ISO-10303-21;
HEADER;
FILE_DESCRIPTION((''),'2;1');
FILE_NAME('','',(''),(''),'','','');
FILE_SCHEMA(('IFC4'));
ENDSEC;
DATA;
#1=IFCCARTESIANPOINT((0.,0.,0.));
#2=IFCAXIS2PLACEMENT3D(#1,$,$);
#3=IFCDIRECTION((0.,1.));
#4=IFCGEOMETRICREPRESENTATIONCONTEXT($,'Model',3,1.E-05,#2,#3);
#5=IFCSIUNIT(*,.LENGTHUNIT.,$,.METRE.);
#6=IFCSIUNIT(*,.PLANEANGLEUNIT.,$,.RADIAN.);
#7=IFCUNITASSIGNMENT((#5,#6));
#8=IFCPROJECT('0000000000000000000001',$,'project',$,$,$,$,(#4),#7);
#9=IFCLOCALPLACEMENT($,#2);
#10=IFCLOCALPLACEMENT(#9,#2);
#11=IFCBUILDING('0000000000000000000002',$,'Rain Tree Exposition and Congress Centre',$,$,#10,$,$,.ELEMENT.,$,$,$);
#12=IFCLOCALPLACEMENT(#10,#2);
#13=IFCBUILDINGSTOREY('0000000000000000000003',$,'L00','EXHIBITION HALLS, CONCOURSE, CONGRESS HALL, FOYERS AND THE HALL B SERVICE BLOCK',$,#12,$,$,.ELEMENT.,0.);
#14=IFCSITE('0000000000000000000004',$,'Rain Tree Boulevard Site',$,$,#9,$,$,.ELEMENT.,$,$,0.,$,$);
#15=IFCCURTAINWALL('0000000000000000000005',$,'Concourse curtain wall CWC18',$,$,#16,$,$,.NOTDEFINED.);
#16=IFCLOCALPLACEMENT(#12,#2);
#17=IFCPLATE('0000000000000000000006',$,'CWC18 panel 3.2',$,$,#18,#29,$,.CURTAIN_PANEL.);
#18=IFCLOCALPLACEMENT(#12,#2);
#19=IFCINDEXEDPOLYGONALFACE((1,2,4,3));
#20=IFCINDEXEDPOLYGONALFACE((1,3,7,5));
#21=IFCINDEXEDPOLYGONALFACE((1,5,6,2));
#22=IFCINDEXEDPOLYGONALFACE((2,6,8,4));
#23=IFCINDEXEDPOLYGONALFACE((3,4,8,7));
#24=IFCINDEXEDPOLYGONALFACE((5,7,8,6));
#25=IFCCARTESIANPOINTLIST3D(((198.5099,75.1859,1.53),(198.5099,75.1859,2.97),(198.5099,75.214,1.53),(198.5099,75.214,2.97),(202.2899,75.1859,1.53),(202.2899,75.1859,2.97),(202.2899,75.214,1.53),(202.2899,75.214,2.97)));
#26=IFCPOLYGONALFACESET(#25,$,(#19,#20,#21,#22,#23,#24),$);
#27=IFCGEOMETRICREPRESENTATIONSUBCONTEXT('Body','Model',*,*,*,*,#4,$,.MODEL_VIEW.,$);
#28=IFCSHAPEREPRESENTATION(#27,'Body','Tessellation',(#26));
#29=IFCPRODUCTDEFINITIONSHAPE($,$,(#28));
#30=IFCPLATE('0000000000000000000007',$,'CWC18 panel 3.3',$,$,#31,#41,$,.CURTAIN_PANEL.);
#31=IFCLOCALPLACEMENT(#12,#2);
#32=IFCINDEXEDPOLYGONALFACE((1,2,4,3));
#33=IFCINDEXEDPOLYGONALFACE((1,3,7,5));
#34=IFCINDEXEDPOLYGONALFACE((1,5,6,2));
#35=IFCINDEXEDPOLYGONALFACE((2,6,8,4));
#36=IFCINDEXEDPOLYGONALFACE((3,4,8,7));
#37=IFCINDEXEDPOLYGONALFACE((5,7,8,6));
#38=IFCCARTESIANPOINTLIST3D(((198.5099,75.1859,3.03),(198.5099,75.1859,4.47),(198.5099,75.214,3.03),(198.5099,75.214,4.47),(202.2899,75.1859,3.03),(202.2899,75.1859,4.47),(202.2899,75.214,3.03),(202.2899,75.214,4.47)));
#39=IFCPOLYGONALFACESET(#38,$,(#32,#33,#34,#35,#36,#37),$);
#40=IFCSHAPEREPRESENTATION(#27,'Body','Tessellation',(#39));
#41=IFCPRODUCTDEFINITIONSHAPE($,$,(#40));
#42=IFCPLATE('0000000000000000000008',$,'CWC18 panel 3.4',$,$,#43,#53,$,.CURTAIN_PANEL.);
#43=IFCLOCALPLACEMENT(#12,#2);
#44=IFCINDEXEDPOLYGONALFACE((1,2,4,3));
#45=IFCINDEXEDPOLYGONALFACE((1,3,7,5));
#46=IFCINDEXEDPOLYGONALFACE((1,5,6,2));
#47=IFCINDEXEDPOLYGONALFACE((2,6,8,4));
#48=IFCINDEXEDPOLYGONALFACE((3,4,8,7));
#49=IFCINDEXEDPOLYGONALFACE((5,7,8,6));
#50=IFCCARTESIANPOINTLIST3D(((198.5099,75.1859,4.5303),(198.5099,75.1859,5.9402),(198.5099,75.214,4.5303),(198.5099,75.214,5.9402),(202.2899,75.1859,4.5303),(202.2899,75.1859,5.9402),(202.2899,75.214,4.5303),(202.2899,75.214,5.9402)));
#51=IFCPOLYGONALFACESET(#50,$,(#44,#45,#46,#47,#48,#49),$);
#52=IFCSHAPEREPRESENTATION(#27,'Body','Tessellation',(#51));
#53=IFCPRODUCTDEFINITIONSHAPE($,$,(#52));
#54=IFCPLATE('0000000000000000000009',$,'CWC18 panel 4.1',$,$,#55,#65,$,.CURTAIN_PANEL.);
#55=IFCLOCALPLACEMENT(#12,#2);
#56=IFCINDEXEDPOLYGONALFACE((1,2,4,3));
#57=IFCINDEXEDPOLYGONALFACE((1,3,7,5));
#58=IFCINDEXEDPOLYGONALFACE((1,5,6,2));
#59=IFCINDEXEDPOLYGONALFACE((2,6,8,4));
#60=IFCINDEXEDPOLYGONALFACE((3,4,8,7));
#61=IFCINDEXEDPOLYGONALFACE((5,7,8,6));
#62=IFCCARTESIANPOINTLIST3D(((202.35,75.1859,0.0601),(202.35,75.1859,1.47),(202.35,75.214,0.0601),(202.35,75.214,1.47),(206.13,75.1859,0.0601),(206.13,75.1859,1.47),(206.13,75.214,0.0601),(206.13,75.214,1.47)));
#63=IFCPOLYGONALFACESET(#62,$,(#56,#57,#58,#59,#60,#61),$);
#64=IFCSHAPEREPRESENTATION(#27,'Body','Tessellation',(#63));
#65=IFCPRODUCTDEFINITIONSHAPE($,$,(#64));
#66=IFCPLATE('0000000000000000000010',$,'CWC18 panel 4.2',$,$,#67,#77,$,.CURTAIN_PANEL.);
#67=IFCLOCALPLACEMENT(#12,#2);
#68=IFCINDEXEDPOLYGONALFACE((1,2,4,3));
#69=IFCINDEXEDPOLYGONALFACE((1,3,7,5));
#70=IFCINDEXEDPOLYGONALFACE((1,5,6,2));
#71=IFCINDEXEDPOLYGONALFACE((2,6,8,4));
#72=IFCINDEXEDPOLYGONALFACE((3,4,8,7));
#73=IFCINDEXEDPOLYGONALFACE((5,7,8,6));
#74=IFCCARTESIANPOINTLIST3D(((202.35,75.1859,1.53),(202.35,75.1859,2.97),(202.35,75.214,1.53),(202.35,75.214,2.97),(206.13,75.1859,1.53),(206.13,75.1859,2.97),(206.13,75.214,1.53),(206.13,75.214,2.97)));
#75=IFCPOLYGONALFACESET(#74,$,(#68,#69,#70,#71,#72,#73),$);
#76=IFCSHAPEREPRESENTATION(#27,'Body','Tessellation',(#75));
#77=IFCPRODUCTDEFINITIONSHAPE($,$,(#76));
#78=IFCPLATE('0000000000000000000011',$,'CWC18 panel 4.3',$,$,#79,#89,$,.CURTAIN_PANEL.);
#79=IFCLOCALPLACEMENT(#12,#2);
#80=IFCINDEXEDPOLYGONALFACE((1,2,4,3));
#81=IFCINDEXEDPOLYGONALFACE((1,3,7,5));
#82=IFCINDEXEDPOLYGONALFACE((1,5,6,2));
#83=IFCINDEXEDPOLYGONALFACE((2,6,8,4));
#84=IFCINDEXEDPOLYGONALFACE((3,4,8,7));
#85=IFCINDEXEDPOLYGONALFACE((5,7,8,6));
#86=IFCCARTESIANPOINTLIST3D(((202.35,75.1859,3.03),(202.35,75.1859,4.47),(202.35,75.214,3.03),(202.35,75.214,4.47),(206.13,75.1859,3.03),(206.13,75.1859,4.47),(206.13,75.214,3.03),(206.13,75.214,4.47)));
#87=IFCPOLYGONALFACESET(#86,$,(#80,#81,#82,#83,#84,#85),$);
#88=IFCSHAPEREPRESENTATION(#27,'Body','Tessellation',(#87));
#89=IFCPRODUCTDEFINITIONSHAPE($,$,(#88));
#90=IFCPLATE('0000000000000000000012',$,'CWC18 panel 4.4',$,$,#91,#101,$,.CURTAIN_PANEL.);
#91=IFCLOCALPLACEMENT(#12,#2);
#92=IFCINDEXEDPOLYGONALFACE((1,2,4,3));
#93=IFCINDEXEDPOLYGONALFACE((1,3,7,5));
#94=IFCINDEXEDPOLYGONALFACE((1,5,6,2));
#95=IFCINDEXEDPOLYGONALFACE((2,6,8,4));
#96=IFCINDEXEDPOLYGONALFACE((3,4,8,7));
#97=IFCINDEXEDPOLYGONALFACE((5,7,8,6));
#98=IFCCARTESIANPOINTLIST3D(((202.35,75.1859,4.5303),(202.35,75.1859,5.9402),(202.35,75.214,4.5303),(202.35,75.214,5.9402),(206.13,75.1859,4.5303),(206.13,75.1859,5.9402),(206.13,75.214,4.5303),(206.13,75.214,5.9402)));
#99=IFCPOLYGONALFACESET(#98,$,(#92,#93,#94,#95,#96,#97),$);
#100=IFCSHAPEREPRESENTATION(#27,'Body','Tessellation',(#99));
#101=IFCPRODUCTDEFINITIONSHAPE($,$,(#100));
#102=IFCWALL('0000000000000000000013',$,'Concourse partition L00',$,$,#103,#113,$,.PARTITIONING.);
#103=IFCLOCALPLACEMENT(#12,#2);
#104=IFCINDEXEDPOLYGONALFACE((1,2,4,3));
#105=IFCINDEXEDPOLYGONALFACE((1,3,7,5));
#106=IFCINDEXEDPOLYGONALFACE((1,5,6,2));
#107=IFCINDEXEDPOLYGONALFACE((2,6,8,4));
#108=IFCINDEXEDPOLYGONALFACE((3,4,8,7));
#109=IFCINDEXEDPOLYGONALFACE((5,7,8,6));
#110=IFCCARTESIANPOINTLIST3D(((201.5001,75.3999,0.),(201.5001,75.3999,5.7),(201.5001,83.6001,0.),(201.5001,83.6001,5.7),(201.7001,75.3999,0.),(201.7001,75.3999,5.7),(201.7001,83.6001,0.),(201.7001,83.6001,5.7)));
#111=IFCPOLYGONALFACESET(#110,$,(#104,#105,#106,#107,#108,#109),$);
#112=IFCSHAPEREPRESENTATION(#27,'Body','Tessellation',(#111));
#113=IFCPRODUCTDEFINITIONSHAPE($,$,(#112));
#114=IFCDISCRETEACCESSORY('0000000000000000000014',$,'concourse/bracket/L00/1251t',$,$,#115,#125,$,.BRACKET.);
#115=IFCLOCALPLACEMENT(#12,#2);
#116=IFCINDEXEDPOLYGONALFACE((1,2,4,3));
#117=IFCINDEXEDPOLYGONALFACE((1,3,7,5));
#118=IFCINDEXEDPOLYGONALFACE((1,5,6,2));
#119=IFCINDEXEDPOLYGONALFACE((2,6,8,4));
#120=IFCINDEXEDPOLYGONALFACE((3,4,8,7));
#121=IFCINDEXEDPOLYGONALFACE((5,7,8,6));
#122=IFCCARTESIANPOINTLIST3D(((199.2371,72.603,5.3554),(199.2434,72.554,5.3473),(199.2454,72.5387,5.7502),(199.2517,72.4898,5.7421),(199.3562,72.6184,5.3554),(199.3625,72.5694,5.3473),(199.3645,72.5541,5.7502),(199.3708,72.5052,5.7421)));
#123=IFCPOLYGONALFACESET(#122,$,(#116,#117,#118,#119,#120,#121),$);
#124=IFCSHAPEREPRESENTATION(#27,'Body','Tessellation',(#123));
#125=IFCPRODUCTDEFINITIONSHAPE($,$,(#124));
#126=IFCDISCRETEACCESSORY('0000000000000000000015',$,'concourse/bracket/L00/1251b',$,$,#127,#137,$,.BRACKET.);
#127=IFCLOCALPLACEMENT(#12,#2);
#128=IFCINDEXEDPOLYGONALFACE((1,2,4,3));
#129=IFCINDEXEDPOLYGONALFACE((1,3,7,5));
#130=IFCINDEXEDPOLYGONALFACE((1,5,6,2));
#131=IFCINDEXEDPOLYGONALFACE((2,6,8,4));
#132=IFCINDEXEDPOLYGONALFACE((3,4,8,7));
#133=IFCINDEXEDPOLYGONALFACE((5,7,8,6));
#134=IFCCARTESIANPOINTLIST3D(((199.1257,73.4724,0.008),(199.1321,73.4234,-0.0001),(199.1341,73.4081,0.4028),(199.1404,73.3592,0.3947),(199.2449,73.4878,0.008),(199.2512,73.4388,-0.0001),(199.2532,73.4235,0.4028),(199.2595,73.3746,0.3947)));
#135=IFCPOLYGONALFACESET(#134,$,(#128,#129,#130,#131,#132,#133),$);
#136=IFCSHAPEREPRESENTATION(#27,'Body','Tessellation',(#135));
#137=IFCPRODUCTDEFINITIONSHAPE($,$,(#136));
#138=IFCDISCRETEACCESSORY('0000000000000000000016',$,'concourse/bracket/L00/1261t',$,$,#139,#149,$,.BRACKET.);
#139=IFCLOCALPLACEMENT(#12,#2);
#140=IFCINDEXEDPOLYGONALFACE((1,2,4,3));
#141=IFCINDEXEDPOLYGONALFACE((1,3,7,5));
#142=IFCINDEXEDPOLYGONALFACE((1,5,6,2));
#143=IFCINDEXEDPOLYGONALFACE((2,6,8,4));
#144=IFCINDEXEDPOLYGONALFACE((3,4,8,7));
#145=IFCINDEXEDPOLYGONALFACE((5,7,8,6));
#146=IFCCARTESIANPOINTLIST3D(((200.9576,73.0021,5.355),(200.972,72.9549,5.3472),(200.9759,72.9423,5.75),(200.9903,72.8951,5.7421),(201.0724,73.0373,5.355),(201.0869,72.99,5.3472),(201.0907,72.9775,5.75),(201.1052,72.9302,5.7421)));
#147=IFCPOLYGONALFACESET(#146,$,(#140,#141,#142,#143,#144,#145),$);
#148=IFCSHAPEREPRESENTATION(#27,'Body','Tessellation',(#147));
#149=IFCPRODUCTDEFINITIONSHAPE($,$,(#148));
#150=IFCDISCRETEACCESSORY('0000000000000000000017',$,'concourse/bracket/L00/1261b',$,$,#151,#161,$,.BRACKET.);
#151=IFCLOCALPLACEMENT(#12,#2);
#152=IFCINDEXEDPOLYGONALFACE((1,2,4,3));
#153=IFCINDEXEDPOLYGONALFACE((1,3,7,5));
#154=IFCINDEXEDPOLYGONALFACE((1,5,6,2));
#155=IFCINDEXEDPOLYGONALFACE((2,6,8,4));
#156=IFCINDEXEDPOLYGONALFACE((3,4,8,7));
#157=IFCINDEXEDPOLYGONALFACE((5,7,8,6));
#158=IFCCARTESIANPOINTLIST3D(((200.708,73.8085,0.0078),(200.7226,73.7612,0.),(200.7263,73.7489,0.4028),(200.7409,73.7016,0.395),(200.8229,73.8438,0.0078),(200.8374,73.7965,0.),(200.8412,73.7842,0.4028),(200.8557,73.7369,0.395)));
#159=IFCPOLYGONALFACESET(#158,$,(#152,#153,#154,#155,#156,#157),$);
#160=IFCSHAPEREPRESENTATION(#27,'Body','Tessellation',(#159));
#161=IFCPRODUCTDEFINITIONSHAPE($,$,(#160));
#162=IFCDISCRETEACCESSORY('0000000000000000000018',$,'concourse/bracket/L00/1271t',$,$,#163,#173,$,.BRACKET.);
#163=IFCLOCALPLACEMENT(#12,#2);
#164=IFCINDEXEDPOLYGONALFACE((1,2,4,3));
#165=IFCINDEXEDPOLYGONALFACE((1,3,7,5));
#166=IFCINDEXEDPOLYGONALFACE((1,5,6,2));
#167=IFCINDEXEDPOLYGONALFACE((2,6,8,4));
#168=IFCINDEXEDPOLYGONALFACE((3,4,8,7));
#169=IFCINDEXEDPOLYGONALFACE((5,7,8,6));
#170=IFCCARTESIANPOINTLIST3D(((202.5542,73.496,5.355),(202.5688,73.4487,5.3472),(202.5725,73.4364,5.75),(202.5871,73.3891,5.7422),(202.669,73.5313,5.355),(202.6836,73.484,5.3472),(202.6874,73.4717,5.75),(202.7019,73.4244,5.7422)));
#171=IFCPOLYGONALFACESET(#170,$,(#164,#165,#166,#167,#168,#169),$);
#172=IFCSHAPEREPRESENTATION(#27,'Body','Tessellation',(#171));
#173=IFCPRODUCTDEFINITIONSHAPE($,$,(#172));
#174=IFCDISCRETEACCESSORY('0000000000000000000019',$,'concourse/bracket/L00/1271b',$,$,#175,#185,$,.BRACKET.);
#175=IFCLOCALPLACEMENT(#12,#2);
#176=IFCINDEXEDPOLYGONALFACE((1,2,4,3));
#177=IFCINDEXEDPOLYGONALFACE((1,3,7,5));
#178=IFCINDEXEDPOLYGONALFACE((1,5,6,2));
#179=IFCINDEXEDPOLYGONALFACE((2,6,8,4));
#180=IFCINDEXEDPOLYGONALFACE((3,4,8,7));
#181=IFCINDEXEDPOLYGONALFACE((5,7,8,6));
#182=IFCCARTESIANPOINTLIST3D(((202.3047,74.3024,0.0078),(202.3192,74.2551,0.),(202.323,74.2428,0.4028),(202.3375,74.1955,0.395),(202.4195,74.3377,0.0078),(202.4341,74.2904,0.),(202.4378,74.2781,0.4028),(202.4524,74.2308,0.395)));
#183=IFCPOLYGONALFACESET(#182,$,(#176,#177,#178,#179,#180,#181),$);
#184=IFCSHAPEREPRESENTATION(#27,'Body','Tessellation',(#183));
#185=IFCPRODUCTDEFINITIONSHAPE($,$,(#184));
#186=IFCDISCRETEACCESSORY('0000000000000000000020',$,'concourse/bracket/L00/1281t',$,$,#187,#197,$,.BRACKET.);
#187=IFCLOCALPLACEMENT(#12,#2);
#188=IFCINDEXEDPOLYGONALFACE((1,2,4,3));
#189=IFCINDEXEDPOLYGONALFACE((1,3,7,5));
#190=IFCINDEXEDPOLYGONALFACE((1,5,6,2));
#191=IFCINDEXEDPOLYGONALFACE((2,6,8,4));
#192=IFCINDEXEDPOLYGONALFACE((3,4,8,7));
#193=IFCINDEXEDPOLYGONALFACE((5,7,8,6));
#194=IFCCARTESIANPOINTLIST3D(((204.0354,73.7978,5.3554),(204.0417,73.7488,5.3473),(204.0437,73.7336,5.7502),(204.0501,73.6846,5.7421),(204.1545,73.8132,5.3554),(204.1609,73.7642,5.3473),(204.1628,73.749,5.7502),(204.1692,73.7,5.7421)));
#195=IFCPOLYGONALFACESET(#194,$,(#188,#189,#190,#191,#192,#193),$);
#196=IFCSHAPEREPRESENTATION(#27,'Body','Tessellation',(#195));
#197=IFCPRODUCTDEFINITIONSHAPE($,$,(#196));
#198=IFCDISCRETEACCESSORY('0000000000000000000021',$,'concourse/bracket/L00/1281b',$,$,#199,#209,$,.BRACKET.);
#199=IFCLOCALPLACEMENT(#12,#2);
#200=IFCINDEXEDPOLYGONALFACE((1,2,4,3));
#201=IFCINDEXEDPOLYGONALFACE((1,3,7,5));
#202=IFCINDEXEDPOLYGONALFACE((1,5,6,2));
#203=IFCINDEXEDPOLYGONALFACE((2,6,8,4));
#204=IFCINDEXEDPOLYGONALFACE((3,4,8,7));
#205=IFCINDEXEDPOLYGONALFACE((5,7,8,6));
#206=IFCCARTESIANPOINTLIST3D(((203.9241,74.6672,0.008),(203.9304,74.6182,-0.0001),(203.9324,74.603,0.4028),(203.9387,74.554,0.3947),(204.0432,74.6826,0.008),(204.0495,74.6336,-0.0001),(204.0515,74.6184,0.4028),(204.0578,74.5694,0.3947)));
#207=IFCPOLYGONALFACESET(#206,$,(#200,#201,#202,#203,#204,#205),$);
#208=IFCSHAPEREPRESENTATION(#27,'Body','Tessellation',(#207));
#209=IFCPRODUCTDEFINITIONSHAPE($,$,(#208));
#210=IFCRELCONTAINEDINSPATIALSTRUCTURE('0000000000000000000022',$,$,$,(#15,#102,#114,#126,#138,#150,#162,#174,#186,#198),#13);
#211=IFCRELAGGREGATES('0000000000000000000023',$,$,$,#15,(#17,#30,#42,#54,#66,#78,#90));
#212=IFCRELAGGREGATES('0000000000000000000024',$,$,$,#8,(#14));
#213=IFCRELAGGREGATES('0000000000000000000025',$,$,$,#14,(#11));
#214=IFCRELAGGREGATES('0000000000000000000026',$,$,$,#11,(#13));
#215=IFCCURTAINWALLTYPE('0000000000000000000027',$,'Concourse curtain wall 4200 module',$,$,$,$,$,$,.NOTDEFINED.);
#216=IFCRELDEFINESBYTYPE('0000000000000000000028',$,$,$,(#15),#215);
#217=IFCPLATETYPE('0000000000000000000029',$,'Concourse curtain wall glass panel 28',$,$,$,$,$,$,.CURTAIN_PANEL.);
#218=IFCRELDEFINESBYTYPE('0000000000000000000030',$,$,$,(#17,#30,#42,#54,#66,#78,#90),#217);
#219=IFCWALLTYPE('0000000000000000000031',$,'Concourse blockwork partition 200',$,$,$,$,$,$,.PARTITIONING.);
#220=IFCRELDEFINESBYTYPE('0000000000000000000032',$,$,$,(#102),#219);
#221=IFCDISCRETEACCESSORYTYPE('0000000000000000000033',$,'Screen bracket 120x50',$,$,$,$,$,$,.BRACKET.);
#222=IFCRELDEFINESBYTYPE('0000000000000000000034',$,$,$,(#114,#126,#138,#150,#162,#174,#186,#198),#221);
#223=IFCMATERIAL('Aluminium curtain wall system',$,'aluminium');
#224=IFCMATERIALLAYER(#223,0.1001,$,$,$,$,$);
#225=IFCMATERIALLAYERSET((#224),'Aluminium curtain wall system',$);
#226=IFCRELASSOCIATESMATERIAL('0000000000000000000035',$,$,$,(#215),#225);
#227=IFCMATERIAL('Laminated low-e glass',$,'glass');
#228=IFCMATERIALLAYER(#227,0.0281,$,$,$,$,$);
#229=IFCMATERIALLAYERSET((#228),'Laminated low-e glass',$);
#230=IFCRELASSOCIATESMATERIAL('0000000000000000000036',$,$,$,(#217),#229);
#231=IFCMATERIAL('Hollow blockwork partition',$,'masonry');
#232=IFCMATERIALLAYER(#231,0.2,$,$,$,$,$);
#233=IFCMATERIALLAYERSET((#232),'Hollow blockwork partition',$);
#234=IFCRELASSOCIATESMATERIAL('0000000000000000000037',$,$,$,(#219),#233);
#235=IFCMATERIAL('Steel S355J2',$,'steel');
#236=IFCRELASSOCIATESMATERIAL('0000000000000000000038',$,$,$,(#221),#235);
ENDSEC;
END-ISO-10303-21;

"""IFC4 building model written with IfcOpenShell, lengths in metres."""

from ifc_helpers import new_model, si_unit, direction, frame, frame_2d, origin, origin_2d, place, context, subcontext, project, spatial, rectangle, extrude, material, layer, layer_set, material_profile, profile_set, type_object, element, aggregate, save


model = new_model("IFC4")

# Units and contexts
model_context = context("Model", 3, precision=1e-05, world=origin(), true_north=direction((0.0, 1.0)))
body_context = subcontext(model_context, "Body", "Model", "MODEL_VIEW")
ifc_project = project(units=[si_unit("LENGTHUNIT", "METRE"), si_unit("PLANEANGLEUNIT", "RADIAN")], contexts=[model_context])

# Site, building, storey
site_placement = place(None, origin())
site = spatial("IfcSite", under=ifc_project, at=site_placement, Name="Rain Tree Boulevard Site", CompositionType="ELEMENT", RefElevation=0.0)
building_placement = place(site_placement, origin())
building = spatial("IfcBuilding", under=site, at=building_placement, Name="Rain Tree Exposition and Congress Centre", CompositionType="ELEMENT")
storey_placement = place(building_placement, origin())
storey = spatial("IfcBuildingStorey", under=building, at=storey_placement, Name="L00", Description="EXHIBITION HALLS, CONCOURSE, CONGRESS HALL, FOYERS AND THE HALL B SERVICE BLOCK", CompositionType="ELEMENT", Elevation=0.0)

# Curtain wall, plates
ifc_material_1 = material(Name="Aluminium curtain wall system", Category="aluminium")
ifc_layer_1 = layer(ifc_material_1, 0.1001)
ifc_layer_set_1 = layer_set([ifc_layer_1], Name="Aluminium curtain wall system")
curtain_wall_type = type_object("IfcCurtainWallType", Name="Concourse curtain wall 4200 module", PredefinedType="NOTDEFINED", material=ifc_layer_set_1)
curtain_wall_placement = place(storey_placement, origin())
curtain_wall = element("IfcCurtainWall", 1, at=curtain_wall_placement, inside=storey, type_object=curtain_wall_type, Name="Concourse curtain wall CWC18", PredefinedType="NOTDEFINED")
ifc_material_2 = material(Name="Laminated low-e glass", Category="glass")
ifc_layer_2 = layer(ifc_material_2, 0.0281)
ifc_layer_set_2 = layer_set([ifc_layer_2], Name="Laminated low-e glass")
plate_type = type_object("IfcPlateType", Name="Concourse curtain wall glass panel 28", PredefinedType="CURTAIN_PANEL", material=ifc_layer_set_2)
plate_1_placement = place(storey_placement, frame((200.3999, 75.2, 1.53), z_axis=(0.0, 0.0, 1.0), x_axis=(1.0, 0.0, 0.0)))
plate_1 = element("IfcPlate", 2, at=plate_1_placement, type_object=plate_type, Name="CWC18 panel 3.2", PredefinedType="CURTAIN_PANEL", context=body_context, shape_type="SweptSolid", body=[
    extrude(rectangle(XDim=3.78, YDim=0.0281, at=origin_2d()), origin(), (0.0, 0.0, 1.0), 1.4399),
])
plate_2_placement = place(storey_placement, frame((200.3999, 75.2, 3.03), z_axis=(0.0, 0.0, 1.0), x_axis=(1.0, 0.0, 0.0)))
plate_2 = element("IfcPlate", 3, at=plate_2_placement, type_object=plate_type, Name="CWC18 panel 3.3", PredefinedType="CURTAIN_PANEL", context=body_context, shape_type="SweptSolid", body=[
    extrude(rectangle(XDim=3.78, YDim=0.0281, at=origin_2d()), origin(), (0.0, 0.0, 1.0), 1.4399),
])
plate_3_placement = place(storey_placement, frame((200.3999, 75.2, 4.5303), z_axis=(0.0, 0.0, 1.0), x_axis=(1.0, 0.0, 0.0)))
plate_3 = element("IfcPlate", 4, at=plate_3_placement, type_object=plate_type, Name="CWC18 panel 3.4", PredefinedType="CURTAIN_PANEL", context=body_context, shape_type="SweptSolid", body=[
    extrude(rectangle(XDim=3.78, YDim=0.0281, at=origin_2d()), origin(), (0.0, 0.0, 1.0), 1.4099),
])
plate_4_placement = place(storey_placement, frame((204.24, 75.2, 0.0601), z_axis=(0.0, 0.0, 1.0), x_axis=(1.0, 0.0, 0.0)))
plate_4 = element("IfcPlate", 5, at=plate_4_placement, type_object=plate_type, Name="CWC18 panel 4.1", PredefinedType="CURTAIN_PANEL", context=body_context, shape_type="SweptSolid", body=[
    extrude(rectangle(XDim=3.78, YDim=0.0281, at=origin_2d()), origin(), (0.0, 0.0, 1.0), 1.4099),
])
plate_5_placement = place(storey_placement, frame((204.24, 75.2, 1.53), z_axis=(0.0, 0.0, 1.0), x_axis=(1.0, 0.0, 0.0)))
plate_5 = element("IfcPlate", 6, at=plate_5_placement, type_object=plate_type, Name="CWC18 panel 4.2", PredefinedType="CURTAIN_PANEL", context=body_context, shape_type="SweptSolid", body=[
    extrude(rectangle(XDim=3.78, YDim=0.0281, at=origin_2d()), origin(), (0.0, 0.0, 1.0), 1.4399),
])
plate_6_placement = place(storey_placement, frame((204.24, 75.2, 3.03), z_axis=(0.0, 0.0, 1.0), x_axis=(1.0, 0.0, 0.0)))
plate_6 = element("IfcPlate", 7, at=plate_6_placement, type_object=plate_type, Name="CWC18 panel 4.3", PredefinedType="CURTAIN_PANEL", context=body_context, shape_type="SweptSolid", body=[
    extrude(rectangle(XDim=3.78, YDim=0.0281, at=origin_2d()), origin(), (0.0, 0.0, 1.0), 1.4399),
])
plate_7_placement = place(storey_placement, frame((204.24, 75.2, 4.5303), z_axis=(0.0, 0.0, 1.0), x_axis=(1.0, 0.0, 0.0)))
plate_7 = element("IfcPlate", 8, at=plate_7_placement, type_object=plate_type, Name="CWC18 panel 4.4", PredefinedType="CURTAIN_PANEL", context=body_context, shape_type="SweptSolid", body=[
    extrude(rectangle(XDim=3.78, YDim=0.0281, at=origin_2d()), origin(), (0.0, 0.0, 1.0), 1.4099),
])
aggregate(curtain_wall, [plate_1, plate_2, plate_3, plate_4, plate_5, plate_6, plate_7])

# Wall
ifc_material_3 = material(Name="Hollow blockwork partition", Category="masonry")
ifc_layer_3 = layer(ifc_material_3, 0.2)
ifc_layer_set_3 = layer_set([ifc_layer_3], Name="Hollow blockwork partition")
wall_type = type_object("IfcWallType", Name="Concourse blockwork partition 200", PredefinedType="PARTITIONING", material=ifc_layer_set_3)
wall_1_placement = place(storey_placement, frame((201.6001, 75.3999, 0.0), z_axis=(0.0, 0.0, 1.0), x_axis=(0.0, 1.0, 0.0)))
element("IfcWall", 9, at=wall_1_placement, inside=storey, type_object=wall_type, Name="Concourse partition L00", PredefinedType="PARTITIONING", context=body_context, shape_type="SweptSolid", body=[
    extrude(rectangle(XDim=8.2002, YDim=0.2, at=frame_2d((4.1001, 0.0))), origin(), (0.0, 0.0, 1.0), 5.7),
])

# Discrete accessories
ifc_material_4 = material(Name="Steel S355J2", Category="steel")
ifc_material_profile_1 = material_profile(ifc_material_4, rectangle(XDim=0.1201, YDim=0.05, at=origin_2d()), Name="Flat bar 120x50")
ifc_profile_set_1 = profile_set([ifc_material_profile_1], Name="Steel S355J2")
discrete_accessory_type = type_object("IfcDiscreteAccessoryType", Name="Screen bracket 120x50", PredefinedType="BRACKET", material=ifc_profile_set_1)
for number, where, z_axis, x_axis, name in (
    (10, (199.2998, 72.5862, 5.3513), (0.020749, -0.160503, 0.986817), (0.991747, 0.128211, 0.0), "concourse/bracket/L00/1251t"),
    (11, (199.1885, 73.4556, 0.0039), (0.020749, -0.160503, 0.986817), (0.991747, 0.128211, 0.0), "concourse/bracket/L00/1251b"),
):
    element("IfcDiscreteAccessory", number, at=place(storey_placement, frame(where, z_axis=z_axis, x_axis=x_axis)), inside=storey, type_object=discrete_accessory_type, Name=name, PredefinedType="BRACKET", context=body_context, shape_type="SweptSolid", body=[
        extrude(rectangle(XDim=0.1201, YDim=0.05, at=origin_2d()), origin(), (0.0, 0.0, 1.0), 0.4001),
    ])
for number, where, z_axis, x_axis, name in (
    (12, (201.0222, 72.9961, 5.3511), (0.045783, -0.149558, 0.987692), (0.9562, 0.292714, 0.0), "concourse/bracket/L00/1261t"),
    (13, (200.7727, 73.8025, 0.0039), (0.045787, -0.148961, 0.987782), (0.955864, 0.293811, 0.0), "concourse/bracket/L00/1261b"),
    (14, (202.6189, 73.49, 5.3511), (0.045787, -0.148961, 0.987782), (0.955864, 0.293811, 0.0), "concourse/bracket/L00/1271t"),
    (15, (202.3694, 74.2964, 0.0039), (0.045787, -0.148961, 0.987782), (0.955864, 0.293811, 0.0), "concourse/bracket/L00/1271b"),
):
    element("IfcDiscreteAccessory", number, at=place(storey_placement, frame(where, z_axis=z_axis, x_axis=x_axis)), inside=storey, type_object=discrete_accessory_type, Name=name, PredefinedType="BRACKET", context=body_context, shape_type="SweptSolid", body=[
        extrude(rectangle(XDim=0.1201, YDim=0.05, at=origin_2d()), origin(), (0.0, 0.0, 1.0), 0.3999),
    ])
for number, where, z_axis, x_axis, name in (
    (16, (204.0981, 73.781, 5.3513), (0.020749, -0.160503, 0.986817), (0.991747, 0.128211, 0.0), "concourse/bracket/L00/1281t"),
    (17, (203.9868, 74.6504, 0.0039), (0.020749, -0.160503, 0.986817), (0.991747, 0.128211, 0.0), "concourse/bracket/L00/1281b"),
):
    element("IfcDiscreteAccessory", number, at=place(storey_placement, frame(where, z_axis=z_axis, x_axis=x_axis)), inside=storey, type_object=discrete_accessory_type, Name=name, PredefinedType="BRACKET", context=body_context, shape_type="SweptSolid", body=[
        extrude(rectangle(XDim=0.1201, YDim=0.05, at=origin_2d()), origin(), (0.0, 0.0, 1.0), 0.4001),
    ])

save(model, "model.ifc")
